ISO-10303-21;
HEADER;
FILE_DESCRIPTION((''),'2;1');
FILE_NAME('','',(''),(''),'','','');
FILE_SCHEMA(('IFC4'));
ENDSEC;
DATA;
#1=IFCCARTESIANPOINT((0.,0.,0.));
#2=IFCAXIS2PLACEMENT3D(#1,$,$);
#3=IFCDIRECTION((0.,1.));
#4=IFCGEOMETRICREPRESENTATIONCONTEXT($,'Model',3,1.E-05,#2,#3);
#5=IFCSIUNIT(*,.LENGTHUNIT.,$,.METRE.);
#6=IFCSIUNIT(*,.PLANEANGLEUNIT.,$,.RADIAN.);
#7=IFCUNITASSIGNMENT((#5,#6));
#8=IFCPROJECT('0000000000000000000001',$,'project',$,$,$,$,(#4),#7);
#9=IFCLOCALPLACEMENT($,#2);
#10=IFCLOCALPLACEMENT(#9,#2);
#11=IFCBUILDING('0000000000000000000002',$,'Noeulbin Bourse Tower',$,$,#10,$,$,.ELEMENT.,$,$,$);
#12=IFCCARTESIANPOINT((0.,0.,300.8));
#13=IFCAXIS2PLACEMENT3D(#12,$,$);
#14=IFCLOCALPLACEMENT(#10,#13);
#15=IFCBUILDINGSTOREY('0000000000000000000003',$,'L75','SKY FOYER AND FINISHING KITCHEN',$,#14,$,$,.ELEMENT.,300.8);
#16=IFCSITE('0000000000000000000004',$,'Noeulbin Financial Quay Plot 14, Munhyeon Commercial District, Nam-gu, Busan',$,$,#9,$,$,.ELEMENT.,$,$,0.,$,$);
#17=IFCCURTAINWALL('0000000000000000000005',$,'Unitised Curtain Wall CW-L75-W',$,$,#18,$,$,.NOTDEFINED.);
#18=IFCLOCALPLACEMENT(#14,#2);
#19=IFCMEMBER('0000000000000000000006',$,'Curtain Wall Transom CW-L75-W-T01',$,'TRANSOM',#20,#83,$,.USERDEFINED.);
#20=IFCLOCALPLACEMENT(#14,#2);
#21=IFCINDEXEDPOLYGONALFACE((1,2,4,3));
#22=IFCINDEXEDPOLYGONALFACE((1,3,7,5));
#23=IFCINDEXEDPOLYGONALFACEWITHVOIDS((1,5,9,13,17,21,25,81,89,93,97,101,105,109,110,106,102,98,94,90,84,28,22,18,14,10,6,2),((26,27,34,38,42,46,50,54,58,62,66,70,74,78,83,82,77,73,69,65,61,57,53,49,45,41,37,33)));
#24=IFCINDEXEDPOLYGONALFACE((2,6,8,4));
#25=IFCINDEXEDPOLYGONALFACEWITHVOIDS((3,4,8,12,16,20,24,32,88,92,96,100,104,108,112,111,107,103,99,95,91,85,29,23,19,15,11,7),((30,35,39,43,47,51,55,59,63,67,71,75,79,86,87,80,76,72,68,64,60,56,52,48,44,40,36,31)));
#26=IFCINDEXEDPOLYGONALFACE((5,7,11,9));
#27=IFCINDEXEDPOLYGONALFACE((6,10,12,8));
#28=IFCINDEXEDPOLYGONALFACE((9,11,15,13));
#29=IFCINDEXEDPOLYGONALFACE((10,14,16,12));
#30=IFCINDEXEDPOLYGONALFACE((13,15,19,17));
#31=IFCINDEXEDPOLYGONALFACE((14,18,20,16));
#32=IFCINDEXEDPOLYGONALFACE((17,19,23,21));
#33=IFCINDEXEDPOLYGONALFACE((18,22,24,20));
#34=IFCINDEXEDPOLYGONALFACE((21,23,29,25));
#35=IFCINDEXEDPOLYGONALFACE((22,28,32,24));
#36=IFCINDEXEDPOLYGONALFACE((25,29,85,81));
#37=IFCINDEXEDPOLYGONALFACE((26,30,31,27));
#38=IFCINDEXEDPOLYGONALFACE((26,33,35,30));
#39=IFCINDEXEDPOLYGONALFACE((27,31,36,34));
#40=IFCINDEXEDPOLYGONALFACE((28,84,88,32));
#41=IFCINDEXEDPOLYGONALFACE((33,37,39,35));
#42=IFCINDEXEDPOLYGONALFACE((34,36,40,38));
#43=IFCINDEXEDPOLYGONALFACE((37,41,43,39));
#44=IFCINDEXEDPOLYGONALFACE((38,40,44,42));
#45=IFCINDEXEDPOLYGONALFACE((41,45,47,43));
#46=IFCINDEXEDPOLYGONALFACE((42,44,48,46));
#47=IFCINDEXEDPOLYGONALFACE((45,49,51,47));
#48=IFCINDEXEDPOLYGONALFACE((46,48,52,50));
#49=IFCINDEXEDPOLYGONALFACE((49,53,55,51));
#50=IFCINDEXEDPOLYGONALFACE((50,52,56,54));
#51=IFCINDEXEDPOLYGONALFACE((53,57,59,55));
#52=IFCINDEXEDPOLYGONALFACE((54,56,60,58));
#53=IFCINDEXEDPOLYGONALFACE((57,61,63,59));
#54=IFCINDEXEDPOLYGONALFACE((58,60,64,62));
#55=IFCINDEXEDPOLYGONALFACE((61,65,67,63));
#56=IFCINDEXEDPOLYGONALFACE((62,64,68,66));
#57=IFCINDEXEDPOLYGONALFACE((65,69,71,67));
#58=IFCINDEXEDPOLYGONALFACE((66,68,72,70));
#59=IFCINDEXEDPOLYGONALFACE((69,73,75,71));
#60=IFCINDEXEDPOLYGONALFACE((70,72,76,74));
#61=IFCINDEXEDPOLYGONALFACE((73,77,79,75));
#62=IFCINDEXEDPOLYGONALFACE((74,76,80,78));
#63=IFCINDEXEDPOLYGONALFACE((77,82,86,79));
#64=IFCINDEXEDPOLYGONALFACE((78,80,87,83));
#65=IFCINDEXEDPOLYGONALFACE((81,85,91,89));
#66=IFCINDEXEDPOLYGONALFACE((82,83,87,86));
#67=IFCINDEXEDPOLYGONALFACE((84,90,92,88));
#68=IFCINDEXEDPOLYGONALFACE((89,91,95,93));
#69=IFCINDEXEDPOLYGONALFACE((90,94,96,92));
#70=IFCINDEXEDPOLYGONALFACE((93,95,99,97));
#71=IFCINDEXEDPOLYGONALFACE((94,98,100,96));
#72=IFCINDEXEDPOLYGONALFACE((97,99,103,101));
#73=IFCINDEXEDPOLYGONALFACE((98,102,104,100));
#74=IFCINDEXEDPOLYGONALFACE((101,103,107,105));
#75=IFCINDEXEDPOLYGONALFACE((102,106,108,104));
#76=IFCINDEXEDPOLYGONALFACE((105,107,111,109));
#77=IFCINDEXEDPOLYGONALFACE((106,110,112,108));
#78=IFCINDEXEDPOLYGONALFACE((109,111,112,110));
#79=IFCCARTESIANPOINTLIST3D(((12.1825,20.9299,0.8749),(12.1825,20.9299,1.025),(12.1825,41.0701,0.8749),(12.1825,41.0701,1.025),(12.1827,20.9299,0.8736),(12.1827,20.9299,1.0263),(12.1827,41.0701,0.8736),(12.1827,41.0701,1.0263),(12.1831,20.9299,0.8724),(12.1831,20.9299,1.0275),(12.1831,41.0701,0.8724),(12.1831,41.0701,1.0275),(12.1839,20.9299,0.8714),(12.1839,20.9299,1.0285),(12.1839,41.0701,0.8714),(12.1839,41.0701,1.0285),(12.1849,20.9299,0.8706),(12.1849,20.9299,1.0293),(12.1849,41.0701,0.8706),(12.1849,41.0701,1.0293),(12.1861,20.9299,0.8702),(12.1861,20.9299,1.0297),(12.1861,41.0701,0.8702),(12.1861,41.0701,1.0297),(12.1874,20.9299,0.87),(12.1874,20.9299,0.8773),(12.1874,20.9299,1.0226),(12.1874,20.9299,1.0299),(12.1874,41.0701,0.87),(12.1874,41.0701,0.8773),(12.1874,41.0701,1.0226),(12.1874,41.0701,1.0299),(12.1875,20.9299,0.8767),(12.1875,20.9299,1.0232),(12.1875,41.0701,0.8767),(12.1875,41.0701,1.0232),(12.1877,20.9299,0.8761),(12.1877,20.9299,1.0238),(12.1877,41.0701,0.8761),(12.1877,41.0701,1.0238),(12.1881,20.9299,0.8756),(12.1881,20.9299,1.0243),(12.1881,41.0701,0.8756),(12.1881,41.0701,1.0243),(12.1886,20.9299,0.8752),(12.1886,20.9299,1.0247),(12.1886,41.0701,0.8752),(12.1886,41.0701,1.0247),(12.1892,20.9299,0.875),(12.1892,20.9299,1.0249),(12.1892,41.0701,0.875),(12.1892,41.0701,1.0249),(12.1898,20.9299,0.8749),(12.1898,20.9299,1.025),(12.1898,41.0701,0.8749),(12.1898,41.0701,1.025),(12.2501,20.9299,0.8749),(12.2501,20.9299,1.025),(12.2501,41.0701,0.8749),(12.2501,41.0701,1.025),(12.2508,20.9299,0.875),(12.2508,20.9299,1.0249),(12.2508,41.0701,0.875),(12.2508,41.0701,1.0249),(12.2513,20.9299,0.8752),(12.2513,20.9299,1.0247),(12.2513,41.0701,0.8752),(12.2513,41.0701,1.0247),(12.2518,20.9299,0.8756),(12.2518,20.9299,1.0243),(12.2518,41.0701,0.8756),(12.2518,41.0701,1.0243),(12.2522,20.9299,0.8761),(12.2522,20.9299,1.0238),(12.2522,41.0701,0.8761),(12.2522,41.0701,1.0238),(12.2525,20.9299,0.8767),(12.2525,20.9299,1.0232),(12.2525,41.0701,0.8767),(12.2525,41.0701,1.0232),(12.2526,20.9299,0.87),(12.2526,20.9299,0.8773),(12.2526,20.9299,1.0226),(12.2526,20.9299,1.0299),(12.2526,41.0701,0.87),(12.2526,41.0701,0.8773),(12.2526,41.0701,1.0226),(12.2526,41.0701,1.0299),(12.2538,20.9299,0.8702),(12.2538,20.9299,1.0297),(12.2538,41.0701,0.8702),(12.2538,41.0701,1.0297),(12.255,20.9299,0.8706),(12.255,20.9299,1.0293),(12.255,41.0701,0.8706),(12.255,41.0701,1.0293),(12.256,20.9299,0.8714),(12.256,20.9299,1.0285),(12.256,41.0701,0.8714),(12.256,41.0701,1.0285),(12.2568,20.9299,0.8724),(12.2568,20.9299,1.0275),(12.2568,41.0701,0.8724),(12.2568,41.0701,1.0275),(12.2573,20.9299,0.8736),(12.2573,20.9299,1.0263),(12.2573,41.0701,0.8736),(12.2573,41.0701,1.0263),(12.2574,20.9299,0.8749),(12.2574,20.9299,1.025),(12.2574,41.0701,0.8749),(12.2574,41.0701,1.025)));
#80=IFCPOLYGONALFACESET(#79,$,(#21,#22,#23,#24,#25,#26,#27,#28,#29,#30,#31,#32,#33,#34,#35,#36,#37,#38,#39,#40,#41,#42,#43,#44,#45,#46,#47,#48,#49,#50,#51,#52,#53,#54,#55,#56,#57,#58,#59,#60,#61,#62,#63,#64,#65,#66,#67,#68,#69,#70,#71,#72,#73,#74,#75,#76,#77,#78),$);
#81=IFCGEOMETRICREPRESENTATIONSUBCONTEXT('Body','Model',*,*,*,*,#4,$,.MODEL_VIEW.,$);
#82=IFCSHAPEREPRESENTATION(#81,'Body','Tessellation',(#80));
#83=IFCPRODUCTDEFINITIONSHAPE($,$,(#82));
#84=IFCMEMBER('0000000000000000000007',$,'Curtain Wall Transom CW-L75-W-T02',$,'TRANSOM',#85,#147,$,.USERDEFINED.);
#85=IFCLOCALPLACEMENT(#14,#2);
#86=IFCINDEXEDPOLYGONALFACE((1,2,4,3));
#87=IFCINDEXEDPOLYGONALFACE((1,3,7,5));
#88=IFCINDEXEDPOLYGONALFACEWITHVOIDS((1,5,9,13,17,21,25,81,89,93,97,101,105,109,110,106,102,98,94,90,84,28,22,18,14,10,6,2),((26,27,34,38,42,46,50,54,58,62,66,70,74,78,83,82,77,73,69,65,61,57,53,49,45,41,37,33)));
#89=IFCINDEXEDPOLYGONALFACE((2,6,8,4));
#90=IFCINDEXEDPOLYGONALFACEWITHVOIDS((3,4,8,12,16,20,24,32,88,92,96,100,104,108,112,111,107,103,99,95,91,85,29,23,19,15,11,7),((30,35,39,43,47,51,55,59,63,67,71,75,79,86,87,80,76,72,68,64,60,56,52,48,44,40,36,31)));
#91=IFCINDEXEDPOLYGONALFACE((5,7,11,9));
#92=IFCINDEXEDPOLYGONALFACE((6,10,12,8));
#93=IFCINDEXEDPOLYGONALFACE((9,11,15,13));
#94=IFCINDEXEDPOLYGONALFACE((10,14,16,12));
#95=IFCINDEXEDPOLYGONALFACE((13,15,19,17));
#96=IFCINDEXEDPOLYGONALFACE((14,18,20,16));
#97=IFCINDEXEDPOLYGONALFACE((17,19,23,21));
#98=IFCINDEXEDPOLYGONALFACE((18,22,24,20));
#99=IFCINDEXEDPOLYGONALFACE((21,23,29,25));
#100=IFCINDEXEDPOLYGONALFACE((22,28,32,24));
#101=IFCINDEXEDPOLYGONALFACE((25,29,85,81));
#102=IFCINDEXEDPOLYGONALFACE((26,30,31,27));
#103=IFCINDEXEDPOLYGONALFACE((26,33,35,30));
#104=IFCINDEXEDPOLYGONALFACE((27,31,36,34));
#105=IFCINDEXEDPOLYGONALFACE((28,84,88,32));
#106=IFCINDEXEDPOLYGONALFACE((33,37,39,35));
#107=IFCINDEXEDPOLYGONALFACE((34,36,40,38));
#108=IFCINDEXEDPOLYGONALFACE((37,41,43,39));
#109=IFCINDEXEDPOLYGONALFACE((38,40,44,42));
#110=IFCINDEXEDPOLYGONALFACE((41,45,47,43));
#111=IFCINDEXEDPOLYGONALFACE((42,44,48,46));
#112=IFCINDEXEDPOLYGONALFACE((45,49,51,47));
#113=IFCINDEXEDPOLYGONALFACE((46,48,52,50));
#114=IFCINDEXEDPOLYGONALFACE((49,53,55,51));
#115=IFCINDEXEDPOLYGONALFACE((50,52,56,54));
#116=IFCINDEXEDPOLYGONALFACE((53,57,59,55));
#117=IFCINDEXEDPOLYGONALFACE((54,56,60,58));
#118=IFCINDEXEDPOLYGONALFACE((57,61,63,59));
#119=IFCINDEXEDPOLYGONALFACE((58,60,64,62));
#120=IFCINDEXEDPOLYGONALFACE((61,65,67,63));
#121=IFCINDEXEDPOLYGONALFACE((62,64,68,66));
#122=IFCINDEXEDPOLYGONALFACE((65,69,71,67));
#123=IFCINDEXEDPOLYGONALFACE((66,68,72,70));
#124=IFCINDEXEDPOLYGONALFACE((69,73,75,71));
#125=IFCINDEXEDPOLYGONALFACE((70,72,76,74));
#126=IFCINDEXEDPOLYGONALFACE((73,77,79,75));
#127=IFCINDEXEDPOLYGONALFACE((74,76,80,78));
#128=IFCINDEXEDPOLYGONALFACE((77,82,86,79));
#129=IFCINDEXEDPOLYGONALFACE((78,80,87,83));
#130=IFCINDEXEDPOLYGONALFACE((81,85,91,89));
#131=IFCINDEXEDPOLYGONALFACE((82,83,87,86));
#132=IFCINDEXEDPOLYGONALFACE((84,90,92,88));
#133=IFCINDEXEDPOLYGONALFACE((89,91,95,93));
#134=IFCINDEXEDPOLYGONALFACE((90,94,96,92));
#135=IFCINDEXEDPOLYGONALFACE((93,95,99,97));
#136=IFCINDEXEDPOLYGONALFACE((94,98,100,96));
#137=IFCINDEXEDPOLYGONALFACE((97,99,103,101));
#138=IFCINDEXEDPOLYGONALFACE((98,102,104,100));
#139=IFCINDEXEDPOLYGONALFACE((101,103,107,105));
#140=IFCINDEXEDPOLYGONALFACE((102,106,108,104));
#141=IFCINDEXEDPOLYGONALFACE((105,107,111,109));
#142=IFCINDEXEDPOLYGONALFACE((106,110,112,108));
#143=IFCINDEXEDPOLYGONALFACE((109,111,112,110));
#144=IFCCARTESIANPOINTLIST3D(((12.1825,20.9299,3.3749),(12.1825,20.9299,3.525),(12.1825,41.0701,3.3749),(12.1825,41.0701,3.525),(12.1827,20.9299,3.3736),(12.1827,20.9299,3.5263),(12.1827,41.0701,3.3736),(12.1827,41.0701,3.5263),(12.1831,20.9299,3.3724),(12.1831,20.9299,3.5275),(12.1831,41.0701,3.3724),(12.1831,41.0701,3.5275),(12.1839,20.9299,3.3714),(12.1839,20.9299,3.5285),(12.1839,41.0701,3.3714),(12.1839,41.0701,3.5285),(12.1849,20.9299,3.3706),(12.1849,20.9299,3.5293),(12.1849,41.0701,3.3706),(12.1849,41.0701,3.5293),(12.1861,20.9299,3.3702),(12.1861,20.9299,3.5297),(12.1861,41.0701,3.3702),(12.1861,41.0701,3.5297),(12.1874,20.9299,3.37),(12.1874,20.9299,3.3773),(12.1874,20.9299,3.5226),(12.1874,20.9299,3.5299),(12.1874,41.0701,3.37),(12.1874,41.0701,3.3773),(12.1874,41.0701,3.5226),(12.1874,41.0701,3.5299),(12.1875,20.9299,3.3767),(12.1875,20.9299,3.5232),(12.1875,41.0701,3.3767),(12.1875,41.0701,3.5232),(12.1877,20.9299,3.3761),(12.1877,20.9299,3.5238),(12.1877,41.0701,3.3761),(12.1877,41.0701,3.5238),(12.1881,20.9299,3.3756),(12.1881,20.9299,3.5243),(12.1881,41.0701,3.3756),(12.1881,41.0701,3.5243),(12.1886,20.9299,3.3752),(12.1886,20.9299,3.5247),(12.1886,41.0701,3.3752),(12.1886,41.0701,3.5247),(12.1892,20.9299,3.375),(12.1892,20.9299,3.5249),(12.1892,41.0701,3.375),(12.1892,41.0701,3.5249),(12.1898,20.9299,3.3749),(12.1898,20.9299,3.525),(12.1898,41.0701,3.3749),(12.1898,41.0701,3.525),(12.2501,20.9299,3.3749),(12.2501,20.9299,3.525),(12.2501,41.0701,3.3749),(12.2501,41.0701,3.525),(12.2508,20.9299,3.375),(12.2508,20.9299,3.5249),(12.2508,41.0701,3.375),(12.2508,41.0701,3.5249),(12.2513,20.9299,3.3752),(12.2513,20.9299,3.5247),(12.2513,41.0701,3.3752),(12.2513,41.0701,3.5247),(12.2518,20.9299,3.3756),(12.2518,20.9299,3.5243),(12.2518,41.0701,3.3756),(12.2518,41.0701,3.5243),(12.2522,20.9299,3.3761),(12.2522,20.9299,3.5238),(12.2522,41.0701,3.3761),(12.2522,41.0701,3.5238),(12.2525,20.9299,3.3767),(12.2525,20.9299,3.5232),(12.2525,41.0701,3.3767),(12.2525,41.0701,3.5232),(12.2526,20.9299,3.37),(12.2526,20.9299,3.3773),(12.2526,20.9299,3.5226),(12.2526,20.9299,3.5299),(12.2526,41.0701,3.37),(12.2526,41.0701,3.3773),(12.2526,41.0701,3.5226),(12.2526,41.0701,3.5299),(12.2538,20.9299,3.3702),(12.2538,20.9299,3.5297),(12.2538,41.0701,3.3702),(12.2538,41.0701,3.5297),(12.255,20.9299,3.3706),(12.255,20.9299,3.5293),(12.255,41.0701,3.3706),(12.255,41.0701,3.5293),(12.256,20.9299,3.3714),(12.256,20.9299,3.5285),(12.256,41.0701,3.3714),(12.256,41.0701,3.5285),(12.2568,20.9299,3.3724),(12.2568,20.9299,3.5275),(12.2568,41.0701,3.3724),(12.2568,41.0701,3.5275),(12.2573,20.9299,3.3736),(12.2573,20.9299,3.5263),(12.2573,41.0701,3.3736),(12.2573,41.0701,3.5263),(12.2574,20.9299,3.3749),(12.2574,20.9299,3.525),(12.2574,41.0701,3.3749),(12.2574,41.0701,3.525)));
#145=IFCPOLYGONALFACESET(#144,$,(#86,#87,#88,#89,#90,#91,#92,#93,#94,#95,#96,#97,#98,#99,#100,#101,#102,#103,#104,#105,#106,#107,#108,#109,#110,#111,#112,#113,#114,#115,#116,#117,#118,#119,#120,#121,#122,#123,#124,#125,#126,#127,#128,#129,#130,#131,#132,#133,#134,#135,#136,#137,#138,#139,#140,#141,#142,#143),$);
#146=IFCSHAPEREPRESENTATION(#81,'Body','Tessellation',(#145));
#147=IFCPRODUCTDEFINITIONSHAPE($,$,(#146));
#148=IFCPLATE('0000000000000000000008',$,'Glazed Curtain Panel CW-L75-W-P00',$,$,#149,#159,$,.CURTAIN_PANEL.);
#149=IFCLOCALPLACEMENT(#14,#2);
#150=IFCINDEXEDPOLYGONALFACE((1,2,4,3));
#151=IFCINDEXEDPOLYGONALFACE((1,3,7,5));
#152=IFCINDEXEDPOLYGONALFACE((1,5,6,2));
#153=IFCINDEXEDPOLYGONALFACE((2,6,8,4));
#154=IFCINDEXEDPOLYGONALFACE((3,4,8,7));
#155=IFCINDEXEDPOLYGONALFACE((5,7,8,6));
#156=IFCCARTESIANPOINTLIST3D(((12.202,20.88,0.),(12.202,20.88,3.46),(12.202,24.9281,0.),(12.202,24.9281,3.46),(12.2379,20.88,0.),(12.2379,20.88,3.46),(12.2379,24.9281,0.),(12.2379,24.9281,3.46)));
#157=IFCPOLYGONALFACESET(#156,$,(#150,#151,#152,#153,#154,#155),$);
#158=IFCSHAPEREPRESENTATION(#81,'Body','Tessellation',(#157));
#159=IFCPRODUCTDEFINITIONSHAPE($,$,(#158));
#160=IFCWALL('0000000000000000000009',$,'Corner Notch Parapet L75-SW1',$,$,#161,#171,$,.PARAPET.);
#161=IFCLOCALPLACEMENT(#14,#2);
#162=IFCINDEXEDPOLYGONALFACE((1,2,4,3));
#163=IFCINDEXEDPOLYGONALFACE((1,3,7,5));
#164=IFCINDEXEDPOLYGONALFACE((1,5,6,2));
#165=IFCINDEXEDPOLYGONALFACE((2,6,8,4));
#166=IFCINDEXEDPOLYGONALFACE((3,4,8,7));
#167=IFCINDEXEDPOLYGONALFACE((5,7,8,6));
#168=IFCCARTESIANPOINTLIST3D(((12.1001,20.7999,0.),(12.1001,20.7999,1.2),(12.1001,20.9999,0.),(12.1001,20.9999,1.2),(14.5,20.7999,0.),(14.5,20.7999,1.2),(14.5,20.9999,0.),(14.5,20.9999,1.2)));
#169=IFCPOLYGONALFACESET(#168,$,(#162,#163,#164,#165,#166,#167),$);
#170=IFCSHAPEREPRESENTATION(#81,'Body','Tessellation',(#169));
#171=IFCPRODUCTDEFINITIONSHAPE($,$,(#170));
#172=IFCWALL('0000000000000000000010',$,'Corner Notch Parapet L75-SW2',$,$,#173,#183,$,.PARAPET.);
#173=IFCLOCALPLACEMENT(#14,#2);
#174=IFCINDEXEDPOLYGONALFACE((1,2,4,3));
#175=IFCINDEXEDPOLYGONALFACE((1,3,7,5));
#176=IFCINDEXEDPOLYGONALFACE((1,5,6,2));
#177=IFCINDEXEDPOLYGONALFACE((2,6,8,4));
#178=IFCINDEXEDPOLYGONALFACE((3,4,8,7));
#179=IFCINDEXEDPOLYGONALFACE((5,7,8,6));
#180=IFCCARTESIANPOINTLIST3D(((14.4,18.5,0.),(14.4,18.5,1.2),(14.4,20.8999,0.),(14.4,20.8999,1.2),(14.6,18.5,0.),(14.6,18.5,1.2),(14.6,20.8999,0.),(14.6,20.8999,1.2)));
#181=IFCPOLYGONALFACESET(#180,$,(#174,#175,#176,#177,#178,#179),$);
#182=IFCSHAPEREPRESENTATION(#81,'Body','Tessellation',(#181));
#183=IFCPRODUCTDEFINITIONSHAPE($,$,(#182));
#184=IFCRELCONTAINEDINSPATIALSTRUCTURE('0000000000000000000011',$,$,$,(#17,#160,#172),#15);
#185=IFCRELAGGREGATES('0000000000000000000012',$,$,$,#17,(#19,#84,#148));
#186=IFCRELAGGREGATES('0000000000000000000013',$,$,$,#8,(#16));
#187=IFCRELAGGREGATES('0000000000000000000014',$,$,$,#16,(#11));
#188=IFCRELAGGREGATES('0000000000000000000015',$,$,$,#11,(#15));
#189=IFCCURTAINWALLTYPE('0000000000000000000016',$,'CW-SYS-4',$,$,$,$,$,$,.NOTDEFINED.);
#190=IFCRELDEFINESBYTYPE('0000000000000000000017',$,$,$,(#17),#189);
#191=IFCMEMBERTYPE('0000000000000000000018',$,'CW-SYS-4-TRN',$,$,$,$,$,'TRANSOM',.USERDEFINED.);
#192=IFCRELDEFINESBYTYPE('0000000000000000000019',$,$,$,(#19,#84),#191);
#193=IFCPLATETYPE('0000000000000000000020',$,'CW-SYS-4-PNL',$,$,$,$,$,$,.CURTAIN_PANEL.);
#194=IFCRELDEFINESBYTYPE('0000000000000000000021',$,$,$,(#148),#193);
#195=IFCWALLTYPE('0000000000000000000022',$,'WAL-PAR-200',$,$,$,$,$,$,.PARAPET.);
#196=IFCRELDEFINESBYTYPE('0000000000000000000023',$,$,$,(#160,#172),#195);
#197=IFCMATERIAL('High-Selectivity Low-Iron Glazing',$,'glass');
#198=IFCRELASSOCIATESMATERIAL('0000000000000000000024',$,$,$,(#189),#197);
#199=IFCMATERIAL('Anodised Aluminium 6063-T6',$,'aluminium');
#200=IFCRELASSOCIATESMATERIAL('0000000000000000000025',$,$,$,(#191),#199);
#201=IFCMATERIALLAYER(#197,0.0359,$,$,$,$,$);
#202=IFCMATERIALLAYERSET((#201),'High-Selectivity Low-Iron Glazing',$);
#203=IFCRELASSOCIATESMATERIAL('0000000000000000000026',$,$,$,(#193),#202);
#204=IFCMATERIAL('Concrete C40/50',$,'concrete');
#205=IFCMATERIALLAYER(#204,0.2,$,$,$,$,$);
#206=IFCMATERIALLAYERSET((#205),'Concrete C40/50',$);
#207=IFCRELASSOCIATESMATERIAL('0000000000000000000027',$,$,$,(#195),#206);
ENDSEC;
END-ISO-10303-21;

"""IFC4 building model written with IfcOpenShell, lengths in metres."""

from ifc_helpers import new_model, si_unit, direction, frame, frame_2d, origin, origin_2d, place, context, subcontext, project, spatial, rectangle, hollow_rectangle, extrude, material, layer, layer_set, material_profile, profile_set, type_object, element, aggregate, save


model = new_model("IFC4")

# Units and contexts
model_context = context("Model", 3, precision=1e-05, world=origin(), true_north=direction((0.0, 1.0)))
body_context = subcontext(model_context, "Body", "Model", "MODEL_VIEW")
ifc_project = project(units=[si_unit("LENGTHUNIT", "METRE"), si_unit("PLANEANGLEUNIT", "RADIAN")], contexts=[model_context])

# Site, building, storey
site_placement = place(None, origin())
site = spatial("IfcSite", under=ifc_project, at=site_placement, Name="Noeulbin Financial Quay Plot 14, Munhyeon Commercial District, Nam-gu, Busan", CompositionType="ELEMENT", RefElevation=0.0)
building_placement = place(site_placement, origin())
building = spatial("IfcBuilding", under=site, at=building_placement, Name="Noeulbin Bourse Tower", CompositionType="ELEMENT")
storey_placement = place(building_placement, frame((0.0, 0.0, 300.8)))
storey = spatial("IfcBuildingStorey", under=building, at=storey_placement, Name="L75", Description="SKY FOYER AND FINISHING KITCHEN", CompositionType="ELEMENT", Elevation=300.8)

# Curtain wall, members, plate
ifc_material_1 = material(Name="High-Selectivity Low-Iron Glazing", Category="glass")
curtain_wall_type = type_object("IfcCurtainWallType", Name="CW-SYS-4", PredefinedType="NOTDEFINED", material=ifc_material_1)
curtain_wall_placement = place(storey_placement, origin())
curtain_wall = element("IfcCurtainWall", 1, at=curtain_wall_placement, inside=storey, type_object=curtain_wall_type, Name="Unitised Curtain Wall CW-L75-W", PredefinedType="NOTDEFINED")
ifc_material_2 = material(Name="Anodised Aluminium 6063-T6", Category="aluminium")
ifc_material_profile_1 = material_profile(ifc_material_2, hollow_rectangle(XDim=0.075, YDim=0.1599, WallThickness=0.0049, InnerFilletRadius=0.0024, OuterFilletRadius=0.0049, at=origin_2d()), Name="ALU-TRAN-75x160x5", Category="LoadBearing")
ifc_profile_set_1 = profile_set([ifc_material_profile_1], Name="Anodised Aluminium 6063-T6")
member_type_1 = type_object("IfcMemberType", Name="CW-SYS-4-TRN", ElementType="TRANSOM", PredefinedType="USERDEFINED", material=ifc_profile_set_1)
member_1_placement = place(storey_placement, frame((12.22, 20.9299, 0.95), z_axis=(0.0, 1.0, 0.0), x_axis=(-1.0, 0.0, 0.0)))
member_1 = element("IfcMember", 2, at=member_1_placement, type_object=member_type_1, Name="Curtain Wall Transom CW-L75-W-T01", ObjectType="TRANSOM", PredefinedType="USERDEFINED", context=body_context, shape_type="SweptSolid", body=[
    extrude(hollow_rectangle(XDim=0.075, YDim=0.1599, WallThickness=0.0049, InnerFilletRadius=0.0024, OuterFilletRadius=0.0049, at=origin_2d()), origin(), (0.0, 0.0, 1.0), 20.1401),
])
member_2_placement = place(storey_placement, frame((12.22, 20.9299, 3.45), z_axis=(0.0, 1.0, 0.0), x_axis=(-1.0, 0.0, 0.0)))
member_2 = element("IfcMember", 3, at=member_2_placement, type_object=member_type_1, Name="Curtain Wall Transom CW-L75-W-T02", ObjectType="TRANSOM", PredefinedType="USERDEFINED", context=body_context, shape_type="SweptSolid", body=[
    extrude(hollow_rectangle(XDim=0.075, YDim=0.1599, WallThickness=0.0049, InnerFilletRadius=0.0024, OuterFilletRadius=0.0049, at=origin_2d()), origin(), (0.0, 0.0, 1.0), 20.1401),
])
ifc_layer_1 = layer(ifc_material_1, 0.0359)
ifc_layer_set_1 = layer_set([ifc_layer_1], Name="High-Selectivity Low-Iron Glazing")
plate_type = type_object("IfcPlateType", Name="CW-SYS-4-PNL", PredefinedType="CURTAIN_PANEL", material=ifc_layer_set_1)
plate_placement = place(storey_placement, frame((12.22, 22.9041, 0.0), z_axis=(0.0, 0.0, 1.0), x_axis=(0.0, 1.0, 0.0)))
plate = element("IfcPlate", 4, at=plate_placement, type_object=plate_type, Name="Glazed Curtain Panel CW-L75-W-P00", PredefinedType="CURTAIN_PANEL", context=body_context, shape_type="SweptSolid", body=[
    extrude(rectangle(XDim=4.0481, YDim=0.0359, at=origin_2d()), origin(), (0.0, 0.0, 1.0), 3.46),
])
aggregate(curtain_wall, [member_1, member_2, plate])

# Walls
ifc_material_3 = material(Name="Concrete C40/50", Category="concrete")
ifc_layer_2 = layer(ifc_material_3, 0.2)
ifc_layer_set_2 = layer_set([ifc_layer_2], Name="Concrete C40/50")
wall_type_1 = type_object("IfcWallType", Name="WAL-PAR-200", PredefinedType="PARAPET", material=ifc_layer_set_2)
for number, where, z_axis, x_axis, name in (
    (5, (12.1001, 20.8999, 0.0), (0.0, 0.0, 1.0), (1.0, 0.0, 0.0), "Corner Notch Parapet L75-SW1"),
    (6, (14.5, 20.8999, 0.0), (0.0, 0.0, 1.0), (0.0, -1.0, 0.0), "Corner Notch Parapet L75-SW2"),
):
    element("IfcWall", number, at=place(storey_placement, frame(where, z_axis=z_axis, x_axis=x_axis)), inside=storey, type_object=wall_type_1, Name=name, PredefinedType="PARAPET", context=body_context, shape_type="SweptSolid", body=[
        extrude(rectangle(XDim=2.3999, YDim=0.2, at=frame_2d((1.2, 0.0))), origin(), (0.0, 0.0, 1.0), 1.2),
    ])

save(model, "model.ifc")
